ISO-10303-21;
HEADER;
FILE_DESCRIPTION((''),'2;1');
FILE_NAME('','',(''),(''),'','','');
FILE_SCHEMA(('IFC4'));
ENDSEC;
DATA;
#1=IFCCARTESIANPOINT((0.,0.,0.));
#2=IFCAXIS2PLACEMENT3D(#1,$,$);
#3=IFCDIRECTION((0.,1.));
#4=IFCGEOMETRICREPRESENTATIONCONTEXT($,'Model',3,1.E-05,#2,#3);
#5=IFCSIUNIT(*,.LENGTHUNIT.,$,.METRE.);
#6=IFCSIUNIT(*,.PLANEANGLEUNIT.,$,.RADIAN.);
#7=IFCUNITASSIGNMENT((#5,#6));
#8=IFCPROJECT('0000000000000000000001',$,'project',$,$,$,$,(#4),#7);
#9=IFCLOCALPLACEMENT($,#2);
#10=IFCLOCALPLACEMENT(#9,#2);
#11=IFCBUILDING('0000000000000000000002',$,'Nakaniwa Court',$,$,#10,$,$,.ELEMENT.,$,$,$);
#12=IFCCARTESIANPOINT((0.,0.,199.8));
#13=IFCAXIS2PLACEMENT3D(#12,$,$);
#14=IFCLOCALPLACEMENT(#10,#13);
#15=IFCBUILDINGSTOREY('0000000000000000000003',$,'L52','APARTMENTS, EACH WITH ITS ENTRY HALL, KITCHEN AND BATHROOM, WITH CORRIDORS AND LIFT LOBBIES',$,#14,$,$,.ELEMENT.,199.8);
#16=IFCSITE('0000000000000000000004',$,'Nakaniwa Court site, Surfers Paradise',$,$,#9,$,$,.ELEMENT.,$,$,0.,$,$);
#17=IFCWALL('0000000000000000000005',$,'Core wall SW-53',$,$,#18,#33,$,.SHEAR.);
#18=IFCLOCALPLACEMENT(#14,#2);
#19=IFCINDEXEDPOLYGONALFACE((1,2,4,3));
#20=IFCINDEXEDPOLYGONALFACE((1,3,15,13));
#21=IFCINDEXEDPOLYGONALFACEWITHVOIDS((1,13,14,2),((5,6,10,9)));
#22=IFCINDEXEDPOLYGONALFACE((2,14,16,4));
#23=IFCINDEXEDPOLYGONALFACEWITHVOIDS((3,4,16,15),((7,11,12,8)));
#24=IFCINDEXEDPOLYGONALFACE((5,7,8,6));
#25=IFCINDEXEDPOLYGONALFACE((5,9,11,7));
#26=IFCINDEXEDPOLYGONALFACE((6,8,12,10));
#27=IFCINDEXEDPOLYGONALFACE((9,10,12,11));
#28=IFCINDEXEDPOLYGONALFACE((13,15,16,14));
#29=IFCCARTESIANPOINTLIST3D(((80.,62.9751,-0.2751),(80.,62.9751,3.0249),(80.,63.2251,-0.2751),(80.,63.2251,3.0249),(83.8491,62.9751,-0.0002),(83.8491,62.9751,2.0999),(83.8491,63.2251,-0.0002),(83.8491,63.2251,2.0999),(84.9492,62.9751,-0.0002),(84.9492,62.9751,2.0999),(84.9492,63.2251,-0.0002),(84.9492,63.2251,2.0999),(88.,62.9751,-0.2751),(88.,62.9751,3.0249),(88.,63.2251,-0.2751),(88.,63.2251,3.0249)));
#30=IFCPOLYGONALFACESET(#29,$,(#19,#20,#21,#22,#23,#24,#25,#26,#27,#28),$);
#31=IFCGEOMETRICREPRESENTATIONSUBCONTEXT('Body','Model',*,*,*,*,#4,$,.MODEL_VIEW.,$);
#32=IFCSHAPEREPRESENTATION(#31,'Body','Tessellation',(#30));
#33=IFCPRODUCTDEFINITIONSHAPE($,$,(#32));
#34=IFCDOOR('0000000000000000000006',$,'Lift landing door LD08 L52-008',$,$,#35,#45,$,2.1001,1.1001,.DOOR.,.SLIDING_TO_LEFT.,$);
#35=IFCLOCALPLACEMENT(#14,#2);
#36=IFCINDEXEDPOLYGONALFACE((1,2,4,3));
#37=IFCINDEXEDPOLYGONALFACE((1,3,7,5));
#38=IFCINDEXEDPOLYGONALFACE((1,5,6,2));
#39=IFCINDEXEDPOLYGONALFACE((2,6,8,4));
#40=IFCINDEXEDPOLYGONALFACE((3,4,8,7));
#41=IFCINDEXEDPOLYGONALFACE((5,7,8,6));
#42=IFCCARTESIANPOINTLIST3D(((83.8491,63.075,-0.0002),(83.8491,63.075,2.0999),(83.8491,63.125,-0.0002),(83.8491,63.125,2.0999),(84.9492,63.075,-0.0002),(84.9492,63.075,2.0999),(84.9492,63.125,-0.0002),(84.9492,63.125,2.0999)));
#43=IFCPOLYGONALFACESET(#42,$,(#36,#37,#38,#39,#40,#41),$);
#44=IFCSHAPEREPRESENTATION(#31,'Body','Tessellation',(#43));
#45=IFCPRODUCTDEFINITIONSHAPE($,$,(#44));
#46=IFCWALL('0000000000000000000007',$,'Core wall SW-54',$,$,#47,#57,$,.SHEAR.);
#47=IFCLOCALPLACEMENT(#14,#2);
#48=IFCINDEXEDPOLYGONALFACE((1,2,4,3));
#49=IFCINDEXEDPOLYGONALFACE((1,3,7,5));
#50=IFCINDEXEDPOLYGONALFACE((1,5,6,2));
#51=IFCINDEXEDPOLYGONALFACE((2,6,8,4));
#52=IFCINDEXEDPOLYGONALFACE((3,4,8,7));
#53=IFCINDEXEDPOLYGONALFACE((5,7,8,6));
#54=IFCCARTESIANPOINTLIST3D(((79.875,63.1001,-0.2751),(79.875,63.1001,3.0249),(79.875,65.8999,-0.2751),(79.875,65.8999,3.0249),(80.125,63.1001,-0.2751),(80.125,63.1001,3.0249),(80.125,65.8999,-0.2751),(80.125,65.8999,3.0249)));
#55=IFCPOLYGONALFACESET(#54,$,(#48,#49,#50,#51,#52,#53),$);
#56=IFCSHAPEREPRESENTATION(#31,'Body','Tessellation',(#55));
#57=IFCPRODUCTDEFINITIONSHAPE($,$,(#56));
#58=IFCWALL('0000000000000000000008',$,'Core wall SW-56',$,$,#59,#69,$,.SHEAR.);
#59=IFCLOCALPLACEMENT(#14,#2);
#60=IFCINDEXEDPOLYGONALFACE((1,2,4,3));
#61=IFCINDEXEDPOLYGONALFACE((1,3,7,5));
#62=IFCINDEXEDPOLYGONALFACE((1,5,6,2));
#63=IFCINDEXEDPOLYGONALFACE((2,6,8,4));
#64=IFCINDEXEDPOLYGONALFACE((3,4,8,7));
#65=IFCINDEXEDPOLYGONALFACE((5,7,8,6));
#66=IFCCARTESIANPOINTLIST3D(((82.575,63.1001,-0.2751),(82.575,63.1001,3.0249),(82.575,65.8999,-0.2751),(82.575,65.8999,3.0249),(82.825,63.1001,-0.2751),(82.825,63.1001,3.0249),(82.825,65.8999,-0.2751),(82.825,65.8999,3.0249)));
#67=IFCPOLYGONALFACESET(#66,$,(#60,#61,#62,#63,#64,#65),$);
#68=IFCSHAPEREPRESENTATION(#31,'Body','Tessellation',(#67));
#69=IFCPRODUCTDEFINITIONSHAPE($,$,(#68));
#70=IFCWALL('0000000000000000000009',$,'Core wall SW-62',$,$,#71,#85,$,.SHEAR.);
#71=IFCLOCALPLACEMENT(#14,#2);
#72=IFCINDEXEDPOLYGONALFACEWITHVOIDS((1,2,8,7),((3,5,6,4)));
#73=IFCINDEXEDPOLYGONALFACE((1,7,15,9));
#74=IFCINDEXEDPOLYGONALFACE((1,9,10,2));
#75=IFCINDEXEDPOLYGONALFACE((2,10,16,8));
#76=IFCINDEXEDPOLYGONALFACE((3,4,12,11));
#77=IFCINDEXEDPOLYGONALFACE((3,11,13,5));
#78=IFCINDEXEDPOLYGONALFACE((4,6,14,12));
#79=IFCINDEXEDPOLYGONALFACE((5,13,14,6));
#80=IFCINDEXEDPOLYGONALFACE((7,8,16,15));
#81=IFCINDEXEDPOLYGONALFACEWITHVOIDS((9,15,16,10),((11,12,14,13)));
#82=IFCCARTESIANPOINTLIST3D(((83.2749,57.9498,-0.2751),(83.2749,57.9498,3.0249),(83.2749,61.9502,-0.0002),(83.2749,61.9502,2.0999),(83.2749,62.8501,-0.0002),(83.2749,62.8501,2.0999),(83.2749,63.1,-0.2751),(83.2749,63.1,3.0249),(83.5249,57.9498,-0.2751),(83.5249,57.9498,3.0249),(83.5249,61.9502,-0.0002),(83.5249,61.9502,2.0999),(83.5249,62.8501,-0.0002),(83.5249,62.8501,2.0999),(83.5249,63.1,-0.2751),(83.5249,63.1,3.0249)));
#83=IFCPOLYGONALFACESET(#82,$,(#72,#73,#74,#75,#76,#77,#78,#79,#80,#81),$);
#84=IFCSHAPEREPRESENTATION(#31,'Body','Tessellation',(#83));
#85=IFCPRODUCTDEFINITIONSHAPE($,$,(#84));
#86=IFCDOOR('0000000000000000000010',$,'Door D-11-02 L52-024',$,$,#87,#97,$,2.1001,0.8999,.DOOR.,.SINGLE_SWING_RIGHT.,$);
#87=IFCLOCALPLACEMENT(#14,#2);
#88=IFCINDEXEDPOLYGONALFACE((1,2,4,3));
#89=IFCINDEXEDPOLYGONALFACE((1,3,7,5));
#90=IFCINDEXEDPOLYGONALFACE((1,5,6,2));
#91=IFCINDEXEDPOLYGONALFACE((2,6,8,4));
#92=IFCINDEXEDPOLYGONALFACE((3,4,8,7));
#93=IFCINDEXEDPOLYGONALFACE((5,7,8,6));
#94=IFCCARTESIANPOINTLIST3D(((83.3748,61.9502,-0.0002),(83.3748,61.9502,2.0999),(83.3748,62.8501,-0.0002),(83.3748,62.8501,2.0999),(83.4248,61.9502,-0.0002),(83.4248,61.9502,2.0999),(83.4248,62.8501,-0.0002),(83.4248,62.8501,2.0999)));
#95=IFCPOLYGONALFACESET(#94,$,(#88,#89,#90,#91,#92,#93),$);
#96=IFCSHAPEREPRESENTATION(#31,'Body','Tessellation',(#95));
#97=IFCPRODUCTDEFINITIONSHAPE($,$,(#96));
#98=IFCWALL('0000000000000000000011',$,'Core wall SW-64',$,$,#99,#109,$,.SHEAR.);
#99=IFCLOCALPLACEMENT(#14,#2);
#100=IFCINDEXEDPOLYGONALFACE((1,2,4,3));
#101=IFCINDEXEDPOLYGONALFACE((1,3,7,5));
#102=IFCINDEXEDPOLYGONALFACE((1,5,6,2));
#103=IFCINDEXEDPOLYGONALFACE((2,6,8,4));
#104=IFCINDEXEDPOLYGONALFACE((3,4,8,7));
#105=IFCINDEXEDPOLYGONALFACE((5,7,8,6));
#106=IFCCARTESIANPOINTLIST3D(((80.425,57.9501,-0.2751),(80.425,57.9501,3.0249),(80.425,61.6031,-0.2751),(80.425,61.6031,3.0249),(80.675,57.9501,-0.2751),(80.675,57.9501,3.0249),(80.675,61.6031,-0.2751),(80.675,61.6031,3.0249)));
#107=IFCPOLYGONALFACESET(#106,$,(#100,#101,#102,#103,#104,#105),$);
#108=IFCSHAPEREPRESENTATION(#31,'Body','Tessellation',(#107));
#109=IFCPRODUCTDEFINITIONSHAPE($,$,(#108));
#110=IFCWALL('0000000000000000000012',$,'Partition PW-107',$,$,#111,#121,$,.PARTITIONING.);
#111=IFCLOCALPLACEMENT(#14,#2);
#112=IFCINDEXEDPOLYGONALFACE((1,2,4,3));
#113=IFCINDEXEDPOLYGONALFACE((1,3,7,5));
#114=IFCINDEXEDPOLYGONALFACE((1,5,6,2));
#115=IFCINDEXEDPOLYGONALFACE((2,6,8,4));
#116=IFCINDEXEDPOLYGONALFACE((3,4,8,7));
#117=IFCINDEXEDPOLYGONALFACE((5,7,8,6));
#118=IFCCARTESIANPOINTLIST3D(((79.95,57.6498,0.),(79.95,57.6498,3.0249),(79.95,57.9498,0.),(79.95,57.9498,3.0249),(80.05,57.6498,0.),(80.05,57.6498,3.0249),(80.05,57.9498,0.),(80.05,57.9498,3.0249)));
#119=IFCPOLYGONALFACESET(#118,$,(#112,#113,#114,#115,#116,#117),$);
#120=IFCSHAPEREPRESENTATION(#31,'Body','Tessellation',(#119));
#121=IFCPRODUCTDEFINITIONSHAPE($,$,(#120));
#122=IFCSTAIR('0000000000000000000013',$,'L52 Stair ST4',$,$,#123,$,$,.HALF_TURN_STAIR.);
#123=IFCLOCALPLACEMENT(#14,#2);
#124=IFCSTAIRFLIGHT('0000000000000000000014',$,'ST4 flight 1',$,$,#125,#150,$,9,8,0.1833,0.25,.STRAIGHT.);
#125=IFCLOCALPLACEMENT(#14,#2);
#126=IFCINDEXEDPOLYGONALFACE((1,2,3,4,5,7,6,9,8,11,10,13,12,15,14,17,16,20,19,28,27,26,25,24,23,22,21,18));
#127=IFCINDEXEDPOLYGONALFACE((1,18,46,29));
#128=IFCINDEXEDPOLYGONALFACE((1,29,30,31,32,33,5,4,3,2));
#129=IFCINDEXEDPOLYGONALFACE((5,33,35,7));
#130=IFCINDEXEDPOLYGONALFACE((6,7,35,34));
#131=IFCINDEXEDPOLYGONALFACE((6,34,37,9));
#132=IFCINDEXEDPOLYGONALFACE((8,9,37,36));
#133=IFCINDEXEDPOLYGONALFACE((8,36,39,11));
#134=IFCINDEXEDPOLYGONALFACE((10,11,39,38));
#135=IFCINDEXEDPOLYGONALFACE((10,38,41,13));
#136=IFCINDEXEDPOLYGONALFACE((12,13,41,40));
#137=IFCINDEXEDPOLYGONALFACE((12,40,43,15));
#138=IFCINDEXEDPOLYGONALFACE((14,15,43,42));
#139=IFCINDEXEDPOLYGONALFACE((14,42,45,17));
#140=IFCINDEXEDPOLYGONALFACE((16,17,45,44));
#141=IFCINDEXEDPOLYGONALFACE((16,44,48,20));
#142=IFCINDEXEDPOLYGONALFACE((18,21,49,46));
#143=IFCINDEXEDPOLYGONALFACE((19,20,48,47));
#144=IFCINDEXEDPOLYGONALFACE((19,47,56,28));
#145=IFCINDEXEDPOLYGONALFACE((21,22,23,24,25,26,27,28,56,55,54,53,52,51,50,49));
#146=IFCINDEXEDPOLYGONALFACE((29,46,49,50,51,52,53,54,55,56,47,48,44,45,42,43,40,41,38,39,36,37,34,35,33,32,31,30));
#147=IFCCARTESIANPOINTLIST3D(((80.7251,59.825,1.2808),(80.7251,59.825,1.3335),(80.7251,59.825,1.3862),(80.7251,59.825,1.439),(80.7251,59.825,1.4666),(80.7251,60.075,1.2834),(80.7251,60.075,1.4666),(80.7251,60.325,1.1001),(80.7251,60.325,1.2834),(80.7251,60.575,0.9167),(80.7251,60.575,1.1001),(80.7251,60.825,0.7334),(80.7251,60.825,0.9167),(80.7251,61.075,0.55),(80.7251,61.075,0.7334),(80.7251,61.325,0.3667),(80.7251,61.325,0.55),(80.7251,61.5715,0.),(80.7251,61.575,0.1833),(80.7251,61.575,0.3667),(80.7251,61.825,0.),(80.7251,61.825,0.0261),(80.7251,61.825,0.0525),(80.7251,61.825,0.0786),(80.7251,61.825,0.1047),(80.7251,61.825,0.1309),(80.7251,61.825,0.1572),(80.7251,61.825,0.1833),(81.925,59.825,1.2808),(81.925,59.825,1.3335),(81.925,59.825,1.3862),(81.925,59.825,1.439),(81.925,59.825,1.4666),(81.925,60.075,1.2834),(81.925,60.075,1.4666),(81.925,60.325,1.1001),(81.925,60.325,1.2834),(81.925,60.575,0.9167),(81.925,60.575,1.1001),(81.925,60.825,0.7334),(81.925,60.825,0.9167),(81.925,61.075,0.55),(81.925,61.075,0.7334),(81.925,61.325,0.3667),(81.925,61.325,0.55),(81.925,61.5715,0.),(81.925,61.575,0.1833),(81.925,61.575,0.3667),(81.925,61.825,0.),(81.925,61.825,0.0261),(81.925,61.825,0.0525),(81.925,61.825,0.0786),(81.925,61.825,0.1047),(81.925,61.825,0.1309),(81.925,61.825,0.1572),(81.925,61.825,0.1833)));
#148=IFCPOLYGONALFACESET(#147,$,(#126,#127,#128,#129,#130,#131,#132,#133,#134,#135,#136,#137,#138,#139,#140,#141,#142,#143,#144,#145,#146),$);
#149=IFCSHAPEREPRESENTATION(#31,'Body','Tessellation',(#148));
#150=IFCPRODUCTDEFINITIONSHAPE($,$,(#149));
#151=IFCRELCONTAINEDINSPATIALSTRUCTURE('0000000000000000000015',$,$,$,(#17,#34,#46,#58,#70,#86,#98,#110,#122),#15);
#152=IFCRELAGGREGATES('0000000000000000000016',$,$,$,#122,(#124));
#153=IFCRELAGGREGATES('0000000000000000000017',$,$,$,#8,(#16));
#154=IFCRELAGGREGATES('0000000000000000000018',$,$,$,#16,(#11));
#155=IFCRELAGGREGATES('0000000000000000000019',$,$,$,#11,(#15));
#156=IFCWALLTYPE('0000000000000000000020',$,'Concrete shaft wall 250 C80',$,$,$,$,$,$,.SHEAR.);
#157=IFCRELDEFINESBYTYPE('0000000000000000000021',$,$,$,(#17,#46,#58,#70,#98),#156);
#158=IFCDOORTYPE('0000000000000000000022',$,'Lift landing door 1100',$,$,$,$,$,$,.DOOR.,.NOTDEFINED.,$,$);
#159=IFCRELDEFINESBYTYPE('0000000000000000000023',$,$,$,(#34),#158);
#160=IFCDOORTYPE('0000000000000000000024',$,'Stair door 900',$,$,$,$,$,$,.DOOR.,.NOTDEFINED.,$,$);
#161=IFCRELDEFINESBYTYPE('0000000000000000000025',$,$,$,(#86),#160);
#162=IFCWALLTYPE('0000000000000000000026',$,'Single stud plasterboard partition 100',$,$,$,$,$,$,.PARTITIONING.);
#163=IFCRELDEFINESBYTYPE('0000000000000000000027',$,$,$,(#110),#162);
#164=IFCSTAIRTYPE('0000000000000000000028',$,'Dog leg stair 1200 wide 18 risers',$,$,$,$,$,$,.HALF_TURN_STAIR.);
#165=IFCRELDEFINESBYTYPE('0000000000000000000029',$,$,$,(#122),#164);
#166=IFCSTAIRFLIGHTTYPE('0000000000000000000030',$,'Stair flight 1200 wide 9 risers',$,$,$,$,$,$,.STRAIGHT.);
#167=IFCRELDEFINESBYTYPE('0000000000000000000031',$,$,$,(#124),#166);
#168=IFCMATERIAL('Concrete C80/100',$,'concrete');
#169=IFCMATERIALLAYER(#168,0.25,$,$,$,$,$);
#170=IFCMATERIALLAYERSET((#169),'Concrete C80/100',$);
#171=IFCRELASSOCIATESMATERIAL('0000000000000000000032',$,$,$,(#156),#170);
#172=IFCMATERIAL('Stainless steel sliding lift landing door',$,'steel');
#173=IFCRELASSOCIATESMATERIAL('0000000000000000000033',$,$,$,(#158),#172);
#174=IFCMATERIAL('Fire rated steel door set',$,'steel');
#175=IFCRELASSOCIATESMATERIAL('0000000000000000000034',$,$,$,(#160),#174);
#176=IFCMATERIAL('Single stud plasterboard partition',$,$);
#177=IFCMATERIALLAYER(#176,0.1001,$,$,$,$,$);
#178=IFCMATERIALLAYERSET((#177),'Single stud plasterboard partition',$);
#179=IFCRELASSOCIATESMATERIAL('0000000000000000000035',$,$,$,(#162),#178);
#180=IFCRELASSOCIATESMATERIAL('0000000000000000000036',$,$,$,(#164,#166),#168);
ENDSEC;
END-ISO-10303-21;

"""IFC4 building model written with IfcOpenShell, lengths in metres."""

from ifc_helpers import new_model, si_unit, direction, frame, frame_2d, origin, place, context, subcontext, project, spatial, polyline, rectangle, outline, extrude, material, layer, layer_set, type_object, element, fill, aggregate, save


model = new_model("IFC4")

# Units and contexts
model_context = context("Model", 3, precision=1e-05, world=origin(), true_north=direction((0.0, 1.0)))
body_context = subcontext(model_context, "Body", "Model", "MODEL_VIEW")
ifc_project = project(units=[si_unit("LENGTHUNIT", "METRE"), si_unit("PLANEANGLEUNIT", "RADIAN")], contexts=[model_context])

# Site, building, storey
site_placement = place(None, origin())
site = spatial("IfcSite", under=ifc_project, at=site_placement, Name="Nakaniwa Court site, Surfers Paradise", CompositionType="ELEMENT", RefElevation=0.0)
building_placement = place(site_placement, origin())
building = spatial("IfcBuilding", under=site, at=building_placement, Name="Nakaniwa Court", CompositionType="ELEMENT")
storey_placement = place(building_placement, frame((0.0, 0.0, 199.8)))
storey = spatial("IfcBuildingStorey", under=building, at=storey_placement, Name="L52", Description="APARTMENTS, EACH WITH ITS ENTRY HALL, KITCHEN AND BATHROOM, WITH CORRIDORS AND LIFT LOBBIES", CompositionType="ELEMENT", Elevation=199.8)

# Shared definitions
ifc_material_1 = material(Name="Concrete C80/100", Category="concrete")

# Shared definitions
ifc_material_2 = material(Name="Fire rated steel door set", Category="steel")

# Wall, opening, door
ifc_layer_1 = layer(ifc_material_1, 0.25)
ifc_layer_set_1 = layer_set([ifc_layer_1], Name="Concrete C80/100")
wall_type_1 = type_object("IfcWallType", Name="Concrete shaft wall 250 C80", PredefinedType="SHEAR", material=ifc_layer_set_1)
wall_1_placement = place(storey_placement, frame((80.0, 63.1001, -0.2751), z_axis=(0.0, 0.0, 1.0), x_axis=(1.0, 0.0, 0.0)))
wall_1 = element("IfcWall", 1, at=wall_1_placement, inside=storey, type_object=wall_type_1, Name="Core wall SW-53", PredefinedType="SHEAR", context=body_context, shape_type="SweptSolid", body=[
    extrude(rectangle(XDim=8.0, YDim=0.25, at=frame_2d((4.0, 0.0))), origin(), (0.0, 0.0, 1.0), 3.3),
])
opening_1_placement = place(wall_1_placement, frame((3.8491, 0.0, 0.2749)))
opening_1 = element("IfcOpeningElement", 2, at=opening_1_placement, cuts=wall_1, PredefinedType="OPENING", context=body_context, shape_type="SweptSolid", body=[
    extrude(rectangle(XDim=1.1001, YDim=2.1001, at=frame_2d((0.55, 1.05))), frame((0.0, 0.135, 0.0), z_axis=(0.0, -1.0, 0.0), x_axis=(1.0, 0.0, 0.0)), (0.0, 0.0, 1.0), 0.27),
])
ifc_material_3 = material(Name="Stainless steel sliding lift landing door", Category="steel")
door_type_1 = type_object("IfcDoorType", Name="Lift landing door 1100", OperationType="NOTDEFINED", PredefinedType="DOOR", material=ifc_material_3)
door_1_placement = place(opening_1_placement, origin())
door_1 = element("IfcDoor", 3, at=door_1_placement, inside=storey, type_object=door_type_1, Name="Lift landing door LD08 L52-008", OperationType="SLIDING_TO_LEFT", OverallHeight=2.1001, OverallWidth=1.1001, PredefinedType="DOOR", context=body_context, shape_type="SweptSolid", body=[
    extrude(rectangle(XDim=1.1001, YDim=2.1001, at=frame_2d((0.55, 1.05))), frame((0.0, 0.0249, 0.0), z_axis=(0.0, -1.0, 0.0), x_axis=(1.0, 0.0, 0.0)), (0.0, 0.0, 1.0), 0.05),
])
fill(opening_1, door_1)

# Walls
for number, where, z_axis, x_axis, name in (
    (4, (80.0, 63.1001, -0.2751), (0.0, 0.0, 1.0), (0.0, 1.0, 0.0), "Core wall SW-54"),
    (5, (82.7, 63.1001, -0.2751), (0.0, 0.0, 1.0), (0.0, 1.0, 0.0), "Core wall SW-56"),
):
    element("IfcWall", number, at=place(storey_placement, frame(where, z_axis=z_axis, x_axis=x_axis)), inside=storey, type_object=wall_type_1, Name=name, PredefinedType="SHEAR", context=body_context, shape_type="SweptSolid", body=[
        extrude(rectangle(XDim=2.7998, YDim=0.25, at=frame_2d((1.3999, 0.0))), origin(), (0.0, 0.0, 1.0), 3.3),
    ])

# Wall, opening, door
wall_2_placement = place(storey_placement, frame((83.3999, 63.1001, -0.2751), z_axis=(0.0, 0.0, 1.0), x_axis=(0.0, -1.0, 0.0)))
wall_2 = element("IfcWall", 6, at=wall_2_placement, inside=storey, type_object=wall_type_1, Name="Core wall SW-62", PredefinedType="SHEAR", context=body_context, shape_type="SweptSolid", body=[
    extrude(rectangle(XDim=5.1501, YDim=0.25, at=frame_2d((2.5752, 0.0))), origin(), (0.0, 0.0, 1.0), 3.3),
])
opening_2_placement = place(wall_2_placement, frame((0.25, 0.0, 0.2749)))
opening_2 = element("IfcOpeningElement", 7, at=opening_2_placement, cuts=wall_2, PredefinedType="OPENING", context=body_context, shape_type="SweptSolid", body=[
    extrude(rectangle(XDim=0.8999, YDim=2.1001, at=frame_2d((0.45, 1.05))), frame((0.0, 0.135, 0.0), z_axis=(0.0, -1.0, 0.0), x_axis=(1.0, 0.0, 0.0)), (0.0, 0.0, 1.0), 0.27),
])
door_type_2 = type_object("IfcDoorType", Name="Stair door 900", OperationType="NOTDEFINED", PredefinedType="DOOR", material=ifc_material_2)
door_2_placement = place(opening_2_placement, origin())
door_2 = element("IfcDoor", 8, at=door_2_placement, inside=storey, type_object=door_type_2, Name="Door D-11-02 L52-024", OperationType="SINGLE_SWING_RIGHT", OverallHeight=2.1001, OverallWidth=0.8999, PredefinedType="DOOR", context=body_context, shape_type="SweptSolid", body=[
    extrude(rectangle(XDim=0.8999, YDim=2.1001, at=frame_2d((0.45, 1.05))), frame((0.0, 0.0249, 0.0), z_axis=(0.0, -1.0, 0.0), x_axis=(1.0, 0.0, 0.0)), (0.0, 0.0, 1.0), 0.05),
])
fill(opening_2, door_2)

# Walls
wall_3_placement = place(storey_placement, frame((80.55, 57.95, -0.2751), z_axis=(0.0, 0.0, 1.0), x_axis=(0.0, 1.0, 0.0)))
element("IfcWall", 9, at=wall_3_placement, inside=storey, type_object=wall_type_1, Name="Core wall SW-64", PredefinedType="SHEAR", context=body_context, shape_type="SweptSolid", body=[
    extrude(rectangle(XDim=3.6531, YDim=0.25, at=frame_2d((1.8267, 0.0))), origin(), (0.0, 0.0, 1.0), 3.3),
])
ifc_material_4 = material(Name="Single stud plasterboard partition")
ifc_layer_2 = layer(ifc_material_4, 0.1001)
ifc_layer_set_2 = layer_set([ifc_layer_2], Name="Single stud plasterboard partition")
wall_type_2 = type_object("IfcWallType", Name="Single stud plasterboard partition 100", PredefinedType="PARTITIONING", material=ifc_layer_set_2)
wall_4_placement = place(storey_placement, frame((80.0, 57.6499, 0.0), z_axis=(0.0, 0.0, 1.0), x_axis=(0.0, 1.0, 0.0)))
element("IfcWall", 10, at=wall_4_placement, inside=storey, type_object=wall_type_2, Name="Partition PW-107", PredefinedType="PARTITIONING", context=body_context, shape_type="SweptSolid", body=[
    extrude(rectangle(XDim=0.3, YDim=0.1001, at=frame_2d((0.1499, 0.0))), origin(), (0.0, 0.0, 1.0), 3.0249),
])

# Stair, stair flight
stair_type = type_object("IfcStairType", Name="Dog leg stair 1200 wide 18 risers", PredefinedType="HALF_TURN_STAIR", material=ifc_material_1)
stair_placement = place(storey_placement, origin())
stair = element("IfcStair", 11, at=stair_placement, inside=storey, type_object=stair_type, Name="L52 Stair ST4", PredefinedType="HALF_TURN_STAIR")
stair_flight_type = type_object("IfcStairFlightType", Name="Stair flight 1200 wide 9 risers", PredefinedType="STRAIGHT", material=ifc_material_1)
stair_flight_1_placement = place(storey_placement, frame((81.325, 61.825, 0.0), z_axis=(0.0, 0.0, 1.0), x_axis=(0.0, -1.0, 0.0)))
stair_flight_1 = element("IfcStairFlight", 12, at=stair_flight_1_placement, type_object=stair_flight_type, Name="ST4 flight 1", NumberOfRisers=9, NumberOfTreads=8, PredefinedType="STRAIGHT", RiserHeight=0.1833, TreadLength=0.25, context=body_context, shape_type="SweptSolid", body=[
    extrude(outline(polyline([(0.0, 0.0), (0.0, 0.0261), (0.0, 0.0525), (0.0, 0.0786), (0.0, 0.1047), (0.0, 0.1309), (0.0, 0.1572), (0.0, 0.1833), (0.25, 0.1833), (0.25, 0.3667), (0.5, 0.3667), (0.5, 0.55), (0.75, 0.55), (0.75, 0.7334), (1.0, 0.7334), (1.0, 0.9167), (1.25, 0.9167), (1.25, 1.1001), (1.5, 1.1001), (1.5, 1.2834), (1.75, 1.2834), (1.75, 1.4666), (2.0, 1.4666), (2.0, 1.6499), (2.0, 1.5972), (2.0, 1.5444), (2.0, 1.4917), (2.0, 1.439), (2.0, 1.3862), (2.0, 1.3335), (2.0, 1.2808), (0.2534, 0.0), (0.0, 0.0)])), frame((0.0, 0.6001, 0.0), z_axis=(0.0, -1.0, 0.0), x_axis=(1.0, 0.0, 0.0)), (0.0, 0.0, 1.0), 1.2),
])
aggregate(stair, [stair_flight_1])

save(model, "model.ifc")
